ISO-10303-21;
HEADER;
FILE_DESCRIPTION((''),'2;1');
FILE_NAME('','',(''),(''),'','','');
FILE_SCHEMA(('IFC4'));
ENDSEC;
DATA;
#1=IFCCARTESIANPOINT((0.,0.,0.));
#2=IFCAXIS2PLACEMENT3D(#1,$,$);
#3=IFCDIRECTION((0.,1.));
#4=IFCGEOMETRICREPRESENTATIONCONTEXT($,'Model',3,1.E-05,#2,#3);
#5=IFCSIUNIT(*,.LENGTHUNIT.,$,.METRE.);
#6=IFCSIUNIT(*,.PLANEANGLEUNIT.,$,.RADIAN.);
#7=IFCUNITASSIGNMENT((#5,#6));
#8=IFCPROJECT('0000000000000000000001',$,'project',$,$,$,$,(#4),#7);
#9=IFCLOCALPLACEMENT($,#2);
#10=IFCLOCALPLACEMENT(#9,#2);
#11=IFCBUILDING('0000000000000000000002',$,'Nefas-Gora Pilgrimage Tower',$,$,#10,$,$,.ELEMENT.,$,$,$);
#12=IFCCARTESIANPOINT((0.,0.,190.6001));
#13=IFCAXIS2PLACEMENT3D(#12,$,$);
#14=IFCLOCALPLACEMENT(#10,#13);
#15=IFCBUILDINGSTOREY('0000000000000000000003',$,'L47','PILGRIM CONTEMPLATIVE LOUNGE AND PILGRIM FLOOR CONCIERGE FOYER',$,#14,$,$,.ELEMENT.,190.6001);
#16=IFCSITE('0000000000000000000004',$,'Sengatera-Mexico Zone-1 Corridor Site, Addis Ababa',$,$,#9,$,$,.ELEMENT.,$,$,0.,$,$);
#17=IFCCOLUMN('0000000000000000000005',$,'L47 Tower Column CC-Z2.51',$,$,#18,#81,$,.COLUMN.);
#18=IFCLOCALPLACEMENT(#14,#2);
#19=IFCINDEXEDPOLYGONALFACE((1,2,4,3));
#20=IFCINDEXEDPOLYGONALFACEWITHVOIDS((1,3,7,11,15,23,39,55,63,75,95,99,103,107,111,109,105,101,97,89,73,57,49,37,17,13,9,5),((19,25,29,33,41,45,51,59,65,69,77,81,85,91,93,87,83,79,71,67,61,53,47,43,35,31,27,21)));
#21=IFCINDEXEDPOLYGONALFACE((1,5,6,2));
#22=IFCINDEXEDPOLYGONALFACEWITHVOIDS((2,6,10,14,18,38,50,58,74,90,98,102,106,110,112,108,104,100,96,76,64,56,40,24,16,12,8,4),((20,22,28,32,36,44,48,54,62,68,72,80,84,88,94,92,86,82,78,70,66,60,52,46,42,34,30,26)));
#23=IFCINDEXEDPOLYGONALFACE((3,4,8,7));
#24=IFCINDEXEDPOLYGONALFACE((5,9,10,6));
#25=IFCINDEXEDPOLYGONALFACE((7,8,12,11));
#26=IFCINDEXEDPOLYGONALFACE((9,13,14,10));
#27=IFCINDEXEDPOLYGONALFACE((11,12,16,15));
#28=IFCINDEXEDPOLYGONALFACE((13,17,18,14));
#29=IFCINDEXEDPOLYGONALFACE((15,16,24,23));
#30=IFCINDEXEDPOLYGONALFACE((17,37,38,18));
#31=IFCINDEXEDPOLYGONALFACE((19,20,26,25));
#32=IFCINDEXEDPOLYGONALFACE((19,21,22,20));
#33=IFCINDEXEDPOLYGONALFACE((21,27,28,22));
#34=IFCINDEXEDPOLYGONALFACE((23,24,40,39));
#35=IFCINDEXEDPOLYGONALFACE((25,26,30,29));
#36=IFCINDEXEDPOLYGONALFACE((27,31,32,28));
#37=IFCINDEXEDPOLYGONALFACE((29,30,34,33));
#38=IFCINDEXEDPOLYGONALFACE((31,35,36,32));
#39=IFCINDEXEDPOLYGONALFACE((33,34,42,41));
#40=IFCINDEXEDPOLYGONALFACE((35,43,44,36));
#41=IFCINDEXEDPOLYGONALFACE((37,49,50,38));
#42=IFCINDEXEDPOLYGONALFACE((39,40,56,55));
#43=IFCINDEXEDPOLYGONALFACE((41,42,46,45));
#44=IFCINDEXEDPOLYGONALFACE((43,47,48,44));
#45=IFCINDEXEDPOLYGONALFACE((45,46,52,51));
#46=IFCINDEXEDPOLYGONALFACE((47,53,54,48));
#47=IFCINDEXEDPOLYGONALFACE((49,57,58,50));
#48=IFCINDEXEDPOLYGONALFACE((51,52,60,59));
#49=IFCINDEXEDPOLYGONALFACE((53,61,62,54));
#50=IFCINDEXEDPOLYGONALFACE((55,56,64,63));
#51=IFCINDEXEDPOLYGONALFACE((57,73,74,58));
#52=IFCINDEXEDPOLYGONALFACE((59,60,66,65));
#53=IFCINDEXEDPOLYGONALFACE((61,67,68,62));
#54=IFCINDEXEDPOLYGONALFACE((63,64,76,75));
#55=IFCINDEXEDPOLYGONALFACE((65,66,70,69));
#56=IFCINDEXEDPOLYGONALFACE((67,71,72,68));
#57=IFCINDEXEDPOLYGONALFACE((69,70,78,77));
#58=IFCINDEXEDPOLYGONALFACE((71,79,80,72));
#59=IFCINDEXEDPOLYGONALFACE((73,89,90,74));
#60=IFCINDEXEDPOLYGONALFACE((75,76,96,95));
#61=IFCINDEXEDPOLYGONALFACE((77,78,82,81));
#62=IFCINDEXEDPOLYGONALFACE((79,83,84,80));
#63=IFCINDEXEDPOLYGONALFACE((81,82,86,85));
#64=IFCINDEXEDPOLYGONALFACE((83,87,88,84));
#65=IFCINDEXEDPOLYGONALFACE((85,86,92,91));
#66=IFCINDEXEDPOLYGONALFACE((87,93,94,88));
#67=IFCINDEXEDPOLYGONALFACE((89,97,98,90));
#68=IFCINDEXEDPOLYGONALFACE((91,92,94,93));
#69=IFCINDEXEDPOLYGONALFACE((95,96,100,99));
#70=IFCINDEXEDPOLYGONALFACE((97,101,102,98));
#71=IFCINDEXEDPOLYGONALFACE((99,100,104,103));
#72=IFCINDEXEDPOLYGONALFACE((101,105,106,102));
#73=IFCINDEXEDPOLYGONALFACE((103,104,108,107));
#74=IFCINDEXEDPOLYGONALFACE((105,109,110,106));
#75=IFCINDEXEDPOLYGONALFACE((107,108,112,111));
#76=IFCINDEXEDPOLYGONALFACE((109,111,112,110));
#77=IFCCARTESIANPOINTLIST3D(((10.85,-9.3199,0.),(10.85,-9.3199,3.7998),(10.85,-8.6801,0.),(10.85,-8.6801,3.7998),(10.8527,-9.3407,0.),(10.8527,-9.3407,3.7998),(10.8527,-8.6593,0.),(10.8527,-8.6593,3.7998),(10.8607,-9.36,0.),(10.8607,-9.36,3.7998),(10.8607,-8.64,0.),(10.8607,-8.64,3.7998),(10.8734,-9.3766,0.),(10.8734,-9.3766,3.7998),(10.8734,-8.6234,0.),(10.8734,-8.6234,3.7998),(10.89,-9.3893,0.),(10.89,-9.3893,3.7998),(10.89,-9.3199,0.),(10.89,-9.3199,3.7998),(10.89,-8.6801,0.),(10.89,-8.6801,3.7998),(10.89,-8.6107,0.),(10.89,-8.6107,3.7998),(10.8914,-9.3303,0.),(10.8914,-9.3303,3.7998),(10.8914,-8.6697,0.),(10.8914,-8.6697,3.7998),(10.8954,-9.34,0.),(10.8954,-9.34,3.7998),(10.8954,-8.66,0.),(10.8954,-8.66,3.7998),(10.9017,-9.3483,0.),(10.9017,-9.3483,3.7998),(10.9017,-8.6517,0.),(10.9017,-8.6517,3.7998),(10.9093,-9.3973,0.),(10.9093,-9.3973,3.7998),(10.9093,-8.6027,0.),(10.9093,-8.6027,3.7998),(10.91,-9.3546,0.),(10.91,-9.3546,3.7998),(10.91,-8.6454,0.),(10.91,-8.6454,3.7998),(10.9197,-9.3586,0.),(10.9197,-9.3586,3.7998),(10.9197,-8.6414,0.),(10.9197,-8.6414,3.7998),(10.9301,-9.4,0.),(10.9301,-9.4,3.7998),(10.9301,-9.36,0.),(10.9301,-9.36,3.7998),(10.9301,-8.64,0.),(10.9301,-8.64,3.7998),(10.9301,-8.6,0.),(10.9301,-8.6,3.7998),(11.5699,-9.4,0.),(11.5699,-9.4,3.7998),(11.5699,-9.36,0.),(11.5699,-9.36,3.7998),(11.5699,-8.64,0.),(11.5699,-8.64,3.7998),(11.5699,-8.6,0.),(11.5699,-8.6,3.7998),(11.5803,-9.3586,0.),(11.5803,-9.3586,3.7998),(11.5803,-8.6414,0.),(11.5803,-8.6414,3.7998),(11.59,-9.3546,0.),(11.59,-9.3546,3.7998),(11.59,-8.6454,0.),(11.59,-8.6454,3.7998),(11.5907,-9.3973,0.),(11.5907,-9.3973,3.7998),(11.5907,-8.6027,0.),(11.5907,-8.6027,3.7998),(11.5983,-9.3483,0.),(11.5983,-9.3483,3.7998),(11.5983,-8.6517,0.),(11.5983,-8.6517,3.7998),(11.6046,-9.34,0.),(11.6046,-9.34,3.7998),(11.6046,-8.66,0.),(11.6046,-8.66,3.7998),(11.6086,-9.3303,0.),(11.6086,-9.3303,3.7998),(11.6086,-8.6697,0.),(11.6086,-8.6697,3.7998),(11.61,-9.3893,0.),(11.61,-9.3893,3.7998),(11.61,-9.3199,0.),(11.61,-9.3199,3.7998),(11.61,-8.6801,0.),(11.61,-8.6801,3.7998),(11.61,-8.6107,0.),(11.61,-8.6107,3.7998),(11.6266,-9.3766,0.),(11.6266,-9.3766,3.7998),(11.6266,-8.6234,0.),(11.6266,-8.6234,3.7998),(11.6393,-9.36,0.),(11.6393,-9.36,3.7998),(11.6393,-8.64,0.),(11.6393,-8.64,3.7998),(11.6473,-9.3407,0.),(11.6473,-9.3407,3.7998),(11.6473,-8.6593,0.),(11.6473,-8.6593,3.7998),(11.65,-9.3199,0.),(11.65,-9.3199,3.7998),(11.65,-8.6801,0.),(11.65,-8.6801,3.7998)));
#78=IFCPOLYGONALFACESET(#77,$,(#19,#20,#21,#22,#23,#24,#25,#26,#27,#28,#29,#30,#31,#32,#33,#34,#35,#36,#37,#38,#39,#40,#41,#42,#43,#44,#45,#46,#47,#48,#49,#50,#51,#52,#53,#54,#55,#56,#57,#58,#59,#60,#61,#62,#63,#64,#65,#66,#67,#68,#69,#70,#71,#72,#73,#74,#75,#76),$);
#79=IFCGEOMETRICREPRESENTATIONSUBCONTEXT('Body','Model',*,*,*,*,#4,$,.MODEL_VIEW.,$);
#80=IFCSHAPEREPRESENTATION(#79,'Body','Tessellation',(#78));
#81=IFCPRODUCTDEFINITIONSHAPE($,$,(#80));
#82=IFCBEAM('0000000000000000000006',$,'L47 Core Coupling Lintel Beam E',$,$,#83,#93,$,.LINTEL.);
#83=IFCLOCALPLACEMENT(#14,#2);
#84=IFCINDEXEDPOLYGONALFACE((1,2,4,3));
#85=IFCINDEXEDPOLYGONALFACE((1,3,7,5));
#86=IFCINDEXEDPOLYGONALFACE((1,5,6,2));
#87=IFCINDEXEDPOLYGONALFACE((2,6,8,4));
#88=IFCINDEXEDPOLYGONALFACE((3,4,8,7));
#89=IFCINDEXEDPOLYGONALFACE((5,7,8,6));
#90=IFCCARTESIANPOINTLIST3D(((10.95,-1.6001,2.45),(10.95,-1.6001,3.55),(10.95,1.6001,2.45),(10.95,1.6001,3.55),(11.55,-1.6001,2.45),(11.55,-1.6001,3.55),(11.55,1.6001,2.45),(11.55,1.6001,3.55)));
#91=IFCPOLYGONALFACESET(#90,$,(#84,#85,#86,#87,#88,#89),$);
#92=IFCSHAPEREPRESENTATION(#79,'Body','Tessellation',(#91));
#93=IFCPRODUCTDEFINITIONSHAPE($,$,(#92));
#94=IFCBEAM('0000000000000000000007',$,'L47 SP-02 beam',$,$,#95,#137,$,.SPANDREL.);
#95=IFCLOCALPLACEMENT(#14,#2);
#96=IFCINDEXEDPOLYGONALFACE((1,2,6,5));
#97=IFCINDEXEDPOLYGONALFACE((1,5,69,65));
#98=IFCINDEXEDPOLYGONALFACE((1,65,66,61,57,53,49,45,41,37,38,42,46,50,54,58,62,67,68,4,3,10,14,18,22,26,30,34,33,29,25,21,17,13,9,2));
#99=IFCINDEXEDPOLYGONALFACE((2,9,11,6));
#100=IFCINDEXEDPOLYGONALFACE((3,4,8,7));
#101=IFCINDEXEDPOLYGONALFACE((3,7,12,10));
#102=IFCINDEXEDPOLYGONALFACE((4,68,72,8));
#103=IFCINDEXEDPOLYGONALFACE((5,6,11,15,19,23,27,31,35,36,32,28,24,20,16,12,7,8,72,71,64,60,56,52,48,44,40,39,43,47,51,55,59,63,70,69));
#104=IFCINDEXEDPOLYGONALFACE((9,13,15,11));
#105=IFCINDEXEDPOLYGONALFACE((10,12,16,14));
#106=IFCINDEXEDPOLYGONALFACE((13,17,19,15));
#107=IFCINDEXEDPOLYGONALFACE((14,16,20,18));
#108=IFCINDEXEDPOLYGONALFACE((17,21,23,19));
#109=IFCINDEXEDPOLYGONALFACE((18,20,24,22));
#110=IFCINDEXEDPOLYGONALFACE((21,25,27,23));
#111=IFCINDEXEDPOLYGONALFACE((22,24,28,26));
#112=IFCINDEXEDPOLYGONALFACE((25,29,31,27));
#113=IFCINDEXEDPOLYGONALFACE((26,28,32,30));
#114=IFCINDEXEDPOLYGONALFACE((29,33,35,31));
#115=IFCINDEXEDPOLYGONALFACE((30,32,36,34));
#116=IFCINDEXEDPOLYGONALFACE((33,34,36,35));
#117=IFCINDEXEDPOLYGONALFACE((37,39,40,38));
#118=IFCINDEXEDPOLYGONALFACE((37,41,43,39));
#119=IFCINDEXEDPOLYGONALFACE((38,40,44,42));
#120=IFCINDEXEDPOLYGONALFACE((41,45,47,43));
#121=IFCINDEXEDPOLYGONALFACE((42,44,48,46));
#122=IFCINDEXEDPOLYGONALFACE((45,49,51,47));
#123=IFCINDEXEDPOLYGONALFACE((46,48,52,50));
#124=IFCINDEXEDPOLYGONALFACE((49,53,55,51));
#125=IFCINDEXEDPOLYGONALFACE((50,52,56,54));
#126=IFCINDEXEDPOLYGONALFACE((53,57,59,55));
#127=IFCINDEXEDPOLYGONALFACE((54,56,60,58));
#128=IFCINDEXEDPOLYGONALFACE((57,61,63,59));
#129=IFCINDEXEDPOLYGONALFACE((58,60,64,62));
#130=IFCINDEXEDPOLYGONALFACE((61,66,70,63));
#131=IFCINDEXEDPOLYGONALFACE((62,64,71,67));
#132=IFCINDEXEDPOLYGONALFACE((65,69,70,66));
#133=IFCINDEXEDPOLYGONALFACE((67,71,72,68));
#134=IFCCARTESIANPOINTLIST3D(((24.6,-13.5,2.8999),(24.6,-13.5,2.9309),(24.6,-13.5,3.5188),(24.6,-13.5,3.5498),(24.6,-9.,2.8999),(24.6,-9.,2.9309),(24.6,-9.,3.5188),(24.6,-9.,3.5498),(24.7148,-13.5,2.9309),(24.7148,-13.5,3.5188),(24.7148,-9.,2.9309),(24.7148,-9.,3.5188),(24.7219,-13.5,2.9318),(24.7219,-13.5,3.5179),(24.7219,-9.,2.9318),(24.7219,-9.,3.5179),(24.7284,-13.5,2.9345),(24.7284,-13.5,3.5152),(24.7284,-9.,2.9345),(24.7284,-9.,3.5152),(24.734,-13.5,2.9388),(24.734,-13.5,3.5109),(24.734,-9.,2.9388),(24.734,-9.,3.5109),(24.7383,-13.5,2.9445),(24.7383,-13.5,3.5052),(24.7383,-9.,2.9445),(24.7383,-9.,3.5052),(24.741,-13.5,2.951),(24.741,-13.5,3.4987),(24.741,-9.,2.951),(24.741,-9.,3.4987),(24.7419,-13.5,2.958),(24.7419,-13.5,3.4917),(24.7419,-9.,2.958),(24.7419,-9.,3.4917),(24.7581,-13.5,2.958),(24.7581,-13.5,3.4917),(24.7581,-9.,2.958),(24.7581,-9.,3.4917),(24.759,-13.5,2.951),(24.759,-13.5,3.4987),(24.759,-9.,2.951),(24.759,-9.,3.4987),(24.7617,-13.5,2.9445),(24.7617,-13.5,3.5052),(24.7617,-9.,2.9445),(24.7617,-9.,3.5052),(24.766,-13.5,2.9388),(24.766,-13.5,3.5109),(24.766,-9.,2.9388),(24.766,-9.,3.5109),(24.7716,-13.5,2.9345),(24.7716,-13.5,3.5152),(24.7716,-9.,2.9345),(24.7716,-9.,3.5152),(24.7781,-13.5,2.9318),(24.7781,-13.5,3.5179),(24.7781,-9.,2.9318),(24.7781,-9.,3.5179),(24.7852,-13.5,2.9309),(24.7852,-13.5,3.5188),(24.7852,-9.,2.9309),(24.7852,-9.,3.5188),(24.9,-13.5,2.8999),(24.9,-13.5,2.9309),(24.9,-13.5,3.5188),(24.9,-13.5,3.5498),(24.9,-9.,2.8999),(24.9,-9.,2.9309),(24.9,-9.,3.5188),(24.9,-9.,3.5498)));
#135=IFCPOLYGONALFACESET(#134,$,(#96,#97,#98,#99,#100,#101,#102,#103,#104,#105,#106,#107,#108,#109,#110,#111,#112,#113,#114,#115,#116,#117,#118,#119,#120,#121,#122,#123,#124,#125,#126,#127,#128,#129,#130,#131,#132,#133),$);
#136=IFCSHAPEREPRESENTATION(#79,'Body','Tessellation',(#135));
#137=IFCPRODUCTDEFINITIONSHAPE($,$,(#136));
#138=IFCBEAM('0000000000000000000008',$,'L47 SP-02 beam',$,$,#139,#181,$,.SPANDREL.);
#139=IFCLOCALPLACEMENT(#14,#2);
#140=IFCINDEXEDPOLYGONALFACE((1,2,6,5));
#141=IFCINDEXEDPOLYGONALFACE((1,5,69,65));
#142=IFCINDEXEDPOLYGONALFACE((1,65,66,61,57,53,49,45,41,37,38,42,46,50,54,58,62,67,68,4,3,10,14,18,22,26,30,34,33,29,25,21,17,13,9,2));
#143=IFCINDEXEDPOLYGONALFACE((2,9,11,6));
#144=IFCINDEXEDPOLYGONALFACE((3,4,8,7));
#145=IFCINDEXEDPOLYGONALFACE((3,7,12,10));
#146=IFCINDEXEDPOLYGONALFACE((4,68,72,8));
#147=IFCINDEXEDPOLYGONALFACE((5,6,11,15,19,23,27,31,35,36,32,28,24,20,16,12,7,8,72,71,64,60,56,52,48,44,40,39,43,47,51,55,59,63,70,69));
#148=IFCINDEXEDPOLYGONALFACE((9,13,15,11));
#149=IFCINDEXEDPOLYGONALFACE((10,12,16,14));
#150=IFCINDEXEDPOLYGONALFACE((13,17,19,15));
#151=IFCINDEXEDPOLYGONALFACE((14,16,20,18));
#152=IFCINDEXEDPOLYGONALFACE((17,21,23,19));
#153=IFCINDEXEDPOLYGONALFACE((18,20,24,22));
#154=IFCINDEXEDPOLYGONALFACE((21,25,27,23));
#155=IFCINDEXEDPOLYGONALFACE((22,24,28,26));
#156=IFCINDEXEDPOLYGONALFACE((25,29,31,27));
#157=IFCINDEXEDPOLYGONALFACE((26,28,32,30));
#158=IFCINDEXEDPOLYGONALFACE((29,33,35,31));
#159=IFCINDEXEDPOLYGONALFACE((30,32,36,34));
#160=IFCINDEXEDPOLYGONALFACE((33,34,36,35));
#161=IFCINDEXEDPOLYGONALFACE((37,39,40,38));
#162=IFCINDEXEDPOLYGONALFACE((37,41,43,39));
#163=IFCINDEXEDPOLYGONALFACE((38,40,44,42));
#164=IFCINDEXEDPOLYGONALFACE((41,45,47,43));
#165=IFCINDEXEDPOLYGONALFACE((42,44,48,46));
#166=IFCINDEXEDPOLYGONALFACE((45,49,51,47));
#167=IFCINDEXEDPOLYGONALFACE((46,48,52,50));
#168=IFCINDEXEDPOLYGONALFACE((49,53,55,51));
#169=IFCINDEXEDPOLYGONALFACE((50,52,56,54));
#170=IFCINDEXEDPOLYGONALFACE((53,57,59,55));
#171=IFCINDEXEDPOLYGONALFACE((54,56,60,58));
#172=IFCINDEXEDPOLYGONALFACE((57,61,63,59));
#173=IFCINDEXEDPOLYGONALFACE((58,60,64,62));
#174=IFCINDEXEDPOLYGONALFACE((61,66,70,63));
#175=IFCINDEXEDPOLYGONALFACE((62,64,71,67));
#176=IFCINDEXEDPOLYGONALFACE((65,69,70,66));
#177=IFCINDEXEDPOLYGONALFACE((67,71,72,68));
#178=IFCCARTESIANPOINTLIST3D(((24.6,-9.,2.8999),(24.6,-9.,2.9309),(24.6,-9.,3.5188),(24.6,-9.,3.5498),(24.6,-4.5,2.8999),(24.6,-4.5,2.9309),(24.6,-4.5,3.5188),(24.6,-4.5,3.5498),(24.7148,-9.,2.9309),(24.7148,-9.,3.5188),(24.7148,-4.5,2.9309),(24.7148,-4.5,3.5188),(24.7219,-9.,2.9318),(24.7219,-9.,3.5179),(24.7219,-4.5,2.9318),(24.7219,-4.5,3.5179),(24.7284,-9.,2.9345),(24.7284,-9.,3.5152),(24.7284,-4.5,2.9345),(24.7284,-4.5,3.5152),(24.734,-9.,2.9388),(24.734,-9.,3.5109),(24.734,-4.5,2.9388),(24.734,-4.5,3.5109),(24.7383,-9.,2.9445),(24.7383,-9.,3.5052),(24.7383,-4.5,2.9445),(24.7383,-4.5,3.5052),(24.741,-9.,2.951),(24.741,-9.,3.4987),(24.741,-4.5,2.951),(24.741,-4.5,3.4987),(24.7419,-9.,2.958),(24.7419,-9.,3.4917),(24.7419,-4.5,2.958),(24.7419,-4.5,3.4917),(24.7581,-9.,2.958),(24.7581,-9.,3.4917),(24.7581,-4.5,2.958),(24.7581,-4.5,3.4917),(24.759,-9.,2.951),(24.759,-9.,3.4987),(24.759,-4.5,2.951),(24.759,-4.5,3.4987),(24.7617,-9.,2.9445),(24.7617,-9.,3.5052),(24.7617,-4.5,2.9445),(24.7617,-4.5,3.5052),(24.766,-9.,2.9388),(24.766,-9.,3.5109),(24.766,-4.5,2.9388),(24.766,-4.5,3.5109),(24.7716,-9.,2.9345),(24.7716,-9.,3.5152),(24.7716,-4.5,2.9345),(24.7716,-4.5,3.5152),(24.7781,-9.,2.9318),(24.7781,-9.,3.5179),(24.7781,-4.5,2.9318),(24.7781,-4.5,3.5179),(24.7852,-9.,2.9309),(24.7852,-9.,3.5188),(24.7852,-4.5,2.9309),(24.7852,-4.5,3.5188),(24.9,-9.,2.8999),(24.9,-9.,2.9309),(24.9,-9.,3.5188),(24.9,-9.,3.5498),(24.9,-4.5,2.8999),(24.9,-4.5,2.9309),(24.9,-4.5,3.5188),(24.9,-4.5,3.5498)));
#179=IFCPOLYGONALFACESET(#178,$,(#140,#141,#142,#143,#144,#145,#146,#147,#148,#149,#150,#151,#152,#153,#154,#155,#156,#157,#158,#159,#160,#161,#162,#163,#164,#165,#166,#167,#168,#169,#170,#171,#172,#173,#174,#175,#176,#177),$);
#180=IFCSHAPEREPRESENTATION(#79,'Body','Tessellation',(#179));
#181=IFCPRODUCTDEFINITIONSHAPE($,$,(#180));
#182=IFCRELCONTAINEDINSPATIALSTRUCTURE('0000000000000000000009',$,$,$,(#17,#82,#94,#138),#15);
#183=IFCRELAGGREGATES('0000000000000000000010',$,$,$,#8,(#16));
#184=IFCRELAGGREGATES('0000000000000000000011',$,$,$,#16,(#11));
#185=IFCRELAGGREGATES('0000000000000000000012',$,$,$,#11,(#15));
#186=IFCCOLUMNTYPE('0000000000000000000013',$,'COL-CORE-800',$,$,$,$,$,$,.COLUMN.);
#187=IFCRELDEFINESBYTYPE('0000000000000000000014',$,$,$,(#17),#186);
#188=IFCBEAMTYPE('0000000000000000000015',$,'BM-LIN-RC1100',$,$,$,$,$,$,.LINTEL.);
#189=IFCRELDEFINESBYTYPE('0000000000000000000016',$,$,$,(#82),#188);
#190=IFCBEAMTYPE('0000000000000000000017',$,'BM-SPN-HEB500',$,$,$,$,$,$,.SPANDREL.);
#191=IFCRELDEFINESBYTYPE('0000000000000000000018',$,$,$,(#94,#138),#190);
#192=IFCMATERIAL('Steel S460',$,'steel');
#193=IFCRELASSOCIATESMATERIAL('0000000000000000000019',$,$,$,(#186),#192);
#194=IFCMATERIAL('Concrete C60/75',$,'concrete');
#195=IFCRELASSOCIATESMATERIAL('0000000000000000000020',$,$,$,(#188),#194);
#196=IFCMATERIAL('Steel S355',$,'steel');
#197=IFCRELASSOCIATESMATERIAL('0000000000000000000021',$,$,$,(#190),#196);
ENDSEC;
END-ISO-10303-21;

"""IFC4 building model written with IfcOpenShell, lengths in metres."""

from ifc_helpers import new_model, si_unit, direction, frame, origin, origin_2d, place, context, subcontext, project, spatial, rectangle, hollow_rectangle, i_section, extrude, source, transform, mapped, material, material_profile, profile_set, type_object, element, save


model = new_model("IFC4")

# Units and contexts
model_context = context("Model", 3, precision=1e-05, world=origin(), true_north=direction((0.0, 1.0)))
body_context = subcontext(model_context, "Body", "Model", "MODEL_VIEW")
ifc_project = project(units=[si_unit("LENGTHUNIT", "METRE"), si_unit("PLANEANGLEUNIT", "RADIAN")], contexts=[model_context])

# Site, building, storey
site_placement = place(None, origin())
site = spatial("IfcSite", under=ifc_project, at=site_placement, Name="Sengatera-Mexico Zone-1 Corridor Site, Addis Ababa", CompositionType="ELEMENT", RefElevation=0.0)
building_placement = place(site_placement, origin())
building = spatial("IfcBuilding", under=site, at=building_placement, Name="Nefas-Gora Pilgrimage Tower", CompositionType="ELEMENT")
storey_placement = place(building_placement, frame((0.0, 0.0, 190.6001)))
storey = spatial("IfcBuildingStorey", under=building, at=storey_placement, Name="L47", Description="PILGRIM CONTEMPLATIVE LOUNGE AND PILGRIM FLOOR CONCIERGE FOYER", CompositionType="ELEMENT", Elevation=190.6001)

# Column
ifc_material_1 = material(Name="Steel S460", Category="steel")
ifc_material_profile_1 = material_profile(ifc_material_1, hollow_rectangle(XDim=0.8, YDim=0.8, WallThickness=0.04, InnerFilletRadius=0.04, OuterFilletRadius=0.0801, at=origin_2d()), Name="BOX 800x800x40")
ifc_profile_set_1 = profile_set([ifc_material_profile_1], Name="Steel S460")
column_type_1 = type_object("IfcColumnType", Name="COL-CORE-800", PredefinedType="COLUMN", material=ifc_profile_set_1)
shared_shape_1 = source(origin(), body_context, "Body", "SweptSolid", [
    extrude(hollow_rectangle(XDim=0.8, YDim=0.8, WallThickness=0.04, InnerFilletRadius=0.04, OuterFilletRadius=0.0801, at=origin_2d()), origin(), (0.0, 0.0, 1.0), 3.7998),
])
column_placement = place(storey_placement, frame((11.25, -9.0, 0.0), z_axis=(0.0, 0.0, 1.0), x_axis=(1.0, 0.0, 0.0)))
element("IfcColumn", 1, at=column_placement, inside=storey, type_object=column_type_1, Name="L47 Tower Column CC-Z2.51", PredefinedType="COLUMN", context=body_context, shape_type="MappedRepresentation", body=[
    mapped(shared_shape_1, transform((0.0, 0.0, 0.0), x_axis=(1.0, 0.0, 0.0), y_axis=(0.0, 1.0, 0.0), z_axis=(0.0, 0.0, 1.0), scale=1.0)),
])

# Beams
ifc_material_2 = material(Name="Concrete C60/75", Category="concrete")
ifc_material_profile_2 = material_profile(ifc_material_2, rectangle(XDim=0.6001, YDim=1.1001, at=origin_2d()), Name="RC 600x1100")
ifc_profile_set_2 = profile_set([ifc_material_profile_2], Name="Concrete C60/75")
beam_type_1 = type_object("IfcBeamType", Name="BM-LIN-RC1100", PredefinedType="LINTEL", material=ifc_profile_set_2)
shared_shape_2 = source(origin(), body_context, "Body", "SweptSolid", [
    extrude(rectangle(XDim=0.6001, YDim=1.1001, at=origin_2d()), origin(), (0.0, 0.0, 1.0), 3.2002),
])
beam_placement = place(storey_placement, frame((11.25, -1.6001, 3.0), z_axis=(0.0, 1.0, 0.0), x_axis=(-1.0, 0.0, 0.0)))
element("IfcBeam", 2, at=beam_placement, inside=storey, type_object=beam_type_1, Name="L47 Core Coupling Lintel Beam E", PredefinedType="LINTEL", context=body_context, shape_type="MappedRepresentation", body=[
    mapped(shared_shape_2, transform((0.0, 0.0, 0.0), x_axis=(1.0, 0.0, 0.0), y_axis=(0.0, 1.0, 0.0), z_axis=(0.0, 0.0, 1.0), scale=1.0)),
])
ifc_material_3 = material(Name="Steel S355", Category="steel")
ifc_material_profile_3 = material_profile(ifc_material_3, i_section(OverallWidth=0.3, OverallDepth=0.6499, WebThickness=0.0161, FlangeThickness=0.031, FilletRadius=0.0271, at=origin_2d()), Name="HEB 650")
ifc_profile_set_3 = profile_set([ifc_material_profile_3], Name="Steel S355")
beam_type_2 = type_object("IfcBeamType", Name="BM-SPN-HEB500", PredefinedType="SPANDREL", material=ifc_profile_set_3)
shared_shape_3 = source(origin(), body_context, "Body", "SweptSolid", [
    extrude(i_section(OverallWidth=0.3, OverallDepth=0.6499, WebThickness=0.0161, FlangeThickness=0.031, FilletRadius=0.0271, at=origin_2d()), origin(), (0.0, 0.0, 1.0), 4.5),
])
for number, where, z_axis, x_axis, name in (
    (3, (24.75, -13.5, 3.2249), (0.0, 1.0, 0.0), (-1.0, 0.0, 0.0), "L47 SP-02 beam"),
    (4, (24.75, -9.0, 3.2249), (0.0, 1.0, 0.0), (-1.0, 0.0, 0.0), "L47 SP-02 beam"),
):
    element("IfcBeam", number, at=place(storey_placement, frame(where, z_axis=z_axis, x_axis=x_axis)), inside=storey, type_object=beam_type_2, Name=name, PredefinedType="SPANDREL", context=body_context, shape_type="MappedRepresentation", body=[
        mapped(shared_shape_3, transform((0.0, 0.0, 0.0), x_axis=(1.0, 0.0, 0.0), y_axis=(0.0, 1.0, 0.0), z_axis=(0.0, 0.0, 1.0), scale=1.0)),
    ])

save(model, "model.ifc")
